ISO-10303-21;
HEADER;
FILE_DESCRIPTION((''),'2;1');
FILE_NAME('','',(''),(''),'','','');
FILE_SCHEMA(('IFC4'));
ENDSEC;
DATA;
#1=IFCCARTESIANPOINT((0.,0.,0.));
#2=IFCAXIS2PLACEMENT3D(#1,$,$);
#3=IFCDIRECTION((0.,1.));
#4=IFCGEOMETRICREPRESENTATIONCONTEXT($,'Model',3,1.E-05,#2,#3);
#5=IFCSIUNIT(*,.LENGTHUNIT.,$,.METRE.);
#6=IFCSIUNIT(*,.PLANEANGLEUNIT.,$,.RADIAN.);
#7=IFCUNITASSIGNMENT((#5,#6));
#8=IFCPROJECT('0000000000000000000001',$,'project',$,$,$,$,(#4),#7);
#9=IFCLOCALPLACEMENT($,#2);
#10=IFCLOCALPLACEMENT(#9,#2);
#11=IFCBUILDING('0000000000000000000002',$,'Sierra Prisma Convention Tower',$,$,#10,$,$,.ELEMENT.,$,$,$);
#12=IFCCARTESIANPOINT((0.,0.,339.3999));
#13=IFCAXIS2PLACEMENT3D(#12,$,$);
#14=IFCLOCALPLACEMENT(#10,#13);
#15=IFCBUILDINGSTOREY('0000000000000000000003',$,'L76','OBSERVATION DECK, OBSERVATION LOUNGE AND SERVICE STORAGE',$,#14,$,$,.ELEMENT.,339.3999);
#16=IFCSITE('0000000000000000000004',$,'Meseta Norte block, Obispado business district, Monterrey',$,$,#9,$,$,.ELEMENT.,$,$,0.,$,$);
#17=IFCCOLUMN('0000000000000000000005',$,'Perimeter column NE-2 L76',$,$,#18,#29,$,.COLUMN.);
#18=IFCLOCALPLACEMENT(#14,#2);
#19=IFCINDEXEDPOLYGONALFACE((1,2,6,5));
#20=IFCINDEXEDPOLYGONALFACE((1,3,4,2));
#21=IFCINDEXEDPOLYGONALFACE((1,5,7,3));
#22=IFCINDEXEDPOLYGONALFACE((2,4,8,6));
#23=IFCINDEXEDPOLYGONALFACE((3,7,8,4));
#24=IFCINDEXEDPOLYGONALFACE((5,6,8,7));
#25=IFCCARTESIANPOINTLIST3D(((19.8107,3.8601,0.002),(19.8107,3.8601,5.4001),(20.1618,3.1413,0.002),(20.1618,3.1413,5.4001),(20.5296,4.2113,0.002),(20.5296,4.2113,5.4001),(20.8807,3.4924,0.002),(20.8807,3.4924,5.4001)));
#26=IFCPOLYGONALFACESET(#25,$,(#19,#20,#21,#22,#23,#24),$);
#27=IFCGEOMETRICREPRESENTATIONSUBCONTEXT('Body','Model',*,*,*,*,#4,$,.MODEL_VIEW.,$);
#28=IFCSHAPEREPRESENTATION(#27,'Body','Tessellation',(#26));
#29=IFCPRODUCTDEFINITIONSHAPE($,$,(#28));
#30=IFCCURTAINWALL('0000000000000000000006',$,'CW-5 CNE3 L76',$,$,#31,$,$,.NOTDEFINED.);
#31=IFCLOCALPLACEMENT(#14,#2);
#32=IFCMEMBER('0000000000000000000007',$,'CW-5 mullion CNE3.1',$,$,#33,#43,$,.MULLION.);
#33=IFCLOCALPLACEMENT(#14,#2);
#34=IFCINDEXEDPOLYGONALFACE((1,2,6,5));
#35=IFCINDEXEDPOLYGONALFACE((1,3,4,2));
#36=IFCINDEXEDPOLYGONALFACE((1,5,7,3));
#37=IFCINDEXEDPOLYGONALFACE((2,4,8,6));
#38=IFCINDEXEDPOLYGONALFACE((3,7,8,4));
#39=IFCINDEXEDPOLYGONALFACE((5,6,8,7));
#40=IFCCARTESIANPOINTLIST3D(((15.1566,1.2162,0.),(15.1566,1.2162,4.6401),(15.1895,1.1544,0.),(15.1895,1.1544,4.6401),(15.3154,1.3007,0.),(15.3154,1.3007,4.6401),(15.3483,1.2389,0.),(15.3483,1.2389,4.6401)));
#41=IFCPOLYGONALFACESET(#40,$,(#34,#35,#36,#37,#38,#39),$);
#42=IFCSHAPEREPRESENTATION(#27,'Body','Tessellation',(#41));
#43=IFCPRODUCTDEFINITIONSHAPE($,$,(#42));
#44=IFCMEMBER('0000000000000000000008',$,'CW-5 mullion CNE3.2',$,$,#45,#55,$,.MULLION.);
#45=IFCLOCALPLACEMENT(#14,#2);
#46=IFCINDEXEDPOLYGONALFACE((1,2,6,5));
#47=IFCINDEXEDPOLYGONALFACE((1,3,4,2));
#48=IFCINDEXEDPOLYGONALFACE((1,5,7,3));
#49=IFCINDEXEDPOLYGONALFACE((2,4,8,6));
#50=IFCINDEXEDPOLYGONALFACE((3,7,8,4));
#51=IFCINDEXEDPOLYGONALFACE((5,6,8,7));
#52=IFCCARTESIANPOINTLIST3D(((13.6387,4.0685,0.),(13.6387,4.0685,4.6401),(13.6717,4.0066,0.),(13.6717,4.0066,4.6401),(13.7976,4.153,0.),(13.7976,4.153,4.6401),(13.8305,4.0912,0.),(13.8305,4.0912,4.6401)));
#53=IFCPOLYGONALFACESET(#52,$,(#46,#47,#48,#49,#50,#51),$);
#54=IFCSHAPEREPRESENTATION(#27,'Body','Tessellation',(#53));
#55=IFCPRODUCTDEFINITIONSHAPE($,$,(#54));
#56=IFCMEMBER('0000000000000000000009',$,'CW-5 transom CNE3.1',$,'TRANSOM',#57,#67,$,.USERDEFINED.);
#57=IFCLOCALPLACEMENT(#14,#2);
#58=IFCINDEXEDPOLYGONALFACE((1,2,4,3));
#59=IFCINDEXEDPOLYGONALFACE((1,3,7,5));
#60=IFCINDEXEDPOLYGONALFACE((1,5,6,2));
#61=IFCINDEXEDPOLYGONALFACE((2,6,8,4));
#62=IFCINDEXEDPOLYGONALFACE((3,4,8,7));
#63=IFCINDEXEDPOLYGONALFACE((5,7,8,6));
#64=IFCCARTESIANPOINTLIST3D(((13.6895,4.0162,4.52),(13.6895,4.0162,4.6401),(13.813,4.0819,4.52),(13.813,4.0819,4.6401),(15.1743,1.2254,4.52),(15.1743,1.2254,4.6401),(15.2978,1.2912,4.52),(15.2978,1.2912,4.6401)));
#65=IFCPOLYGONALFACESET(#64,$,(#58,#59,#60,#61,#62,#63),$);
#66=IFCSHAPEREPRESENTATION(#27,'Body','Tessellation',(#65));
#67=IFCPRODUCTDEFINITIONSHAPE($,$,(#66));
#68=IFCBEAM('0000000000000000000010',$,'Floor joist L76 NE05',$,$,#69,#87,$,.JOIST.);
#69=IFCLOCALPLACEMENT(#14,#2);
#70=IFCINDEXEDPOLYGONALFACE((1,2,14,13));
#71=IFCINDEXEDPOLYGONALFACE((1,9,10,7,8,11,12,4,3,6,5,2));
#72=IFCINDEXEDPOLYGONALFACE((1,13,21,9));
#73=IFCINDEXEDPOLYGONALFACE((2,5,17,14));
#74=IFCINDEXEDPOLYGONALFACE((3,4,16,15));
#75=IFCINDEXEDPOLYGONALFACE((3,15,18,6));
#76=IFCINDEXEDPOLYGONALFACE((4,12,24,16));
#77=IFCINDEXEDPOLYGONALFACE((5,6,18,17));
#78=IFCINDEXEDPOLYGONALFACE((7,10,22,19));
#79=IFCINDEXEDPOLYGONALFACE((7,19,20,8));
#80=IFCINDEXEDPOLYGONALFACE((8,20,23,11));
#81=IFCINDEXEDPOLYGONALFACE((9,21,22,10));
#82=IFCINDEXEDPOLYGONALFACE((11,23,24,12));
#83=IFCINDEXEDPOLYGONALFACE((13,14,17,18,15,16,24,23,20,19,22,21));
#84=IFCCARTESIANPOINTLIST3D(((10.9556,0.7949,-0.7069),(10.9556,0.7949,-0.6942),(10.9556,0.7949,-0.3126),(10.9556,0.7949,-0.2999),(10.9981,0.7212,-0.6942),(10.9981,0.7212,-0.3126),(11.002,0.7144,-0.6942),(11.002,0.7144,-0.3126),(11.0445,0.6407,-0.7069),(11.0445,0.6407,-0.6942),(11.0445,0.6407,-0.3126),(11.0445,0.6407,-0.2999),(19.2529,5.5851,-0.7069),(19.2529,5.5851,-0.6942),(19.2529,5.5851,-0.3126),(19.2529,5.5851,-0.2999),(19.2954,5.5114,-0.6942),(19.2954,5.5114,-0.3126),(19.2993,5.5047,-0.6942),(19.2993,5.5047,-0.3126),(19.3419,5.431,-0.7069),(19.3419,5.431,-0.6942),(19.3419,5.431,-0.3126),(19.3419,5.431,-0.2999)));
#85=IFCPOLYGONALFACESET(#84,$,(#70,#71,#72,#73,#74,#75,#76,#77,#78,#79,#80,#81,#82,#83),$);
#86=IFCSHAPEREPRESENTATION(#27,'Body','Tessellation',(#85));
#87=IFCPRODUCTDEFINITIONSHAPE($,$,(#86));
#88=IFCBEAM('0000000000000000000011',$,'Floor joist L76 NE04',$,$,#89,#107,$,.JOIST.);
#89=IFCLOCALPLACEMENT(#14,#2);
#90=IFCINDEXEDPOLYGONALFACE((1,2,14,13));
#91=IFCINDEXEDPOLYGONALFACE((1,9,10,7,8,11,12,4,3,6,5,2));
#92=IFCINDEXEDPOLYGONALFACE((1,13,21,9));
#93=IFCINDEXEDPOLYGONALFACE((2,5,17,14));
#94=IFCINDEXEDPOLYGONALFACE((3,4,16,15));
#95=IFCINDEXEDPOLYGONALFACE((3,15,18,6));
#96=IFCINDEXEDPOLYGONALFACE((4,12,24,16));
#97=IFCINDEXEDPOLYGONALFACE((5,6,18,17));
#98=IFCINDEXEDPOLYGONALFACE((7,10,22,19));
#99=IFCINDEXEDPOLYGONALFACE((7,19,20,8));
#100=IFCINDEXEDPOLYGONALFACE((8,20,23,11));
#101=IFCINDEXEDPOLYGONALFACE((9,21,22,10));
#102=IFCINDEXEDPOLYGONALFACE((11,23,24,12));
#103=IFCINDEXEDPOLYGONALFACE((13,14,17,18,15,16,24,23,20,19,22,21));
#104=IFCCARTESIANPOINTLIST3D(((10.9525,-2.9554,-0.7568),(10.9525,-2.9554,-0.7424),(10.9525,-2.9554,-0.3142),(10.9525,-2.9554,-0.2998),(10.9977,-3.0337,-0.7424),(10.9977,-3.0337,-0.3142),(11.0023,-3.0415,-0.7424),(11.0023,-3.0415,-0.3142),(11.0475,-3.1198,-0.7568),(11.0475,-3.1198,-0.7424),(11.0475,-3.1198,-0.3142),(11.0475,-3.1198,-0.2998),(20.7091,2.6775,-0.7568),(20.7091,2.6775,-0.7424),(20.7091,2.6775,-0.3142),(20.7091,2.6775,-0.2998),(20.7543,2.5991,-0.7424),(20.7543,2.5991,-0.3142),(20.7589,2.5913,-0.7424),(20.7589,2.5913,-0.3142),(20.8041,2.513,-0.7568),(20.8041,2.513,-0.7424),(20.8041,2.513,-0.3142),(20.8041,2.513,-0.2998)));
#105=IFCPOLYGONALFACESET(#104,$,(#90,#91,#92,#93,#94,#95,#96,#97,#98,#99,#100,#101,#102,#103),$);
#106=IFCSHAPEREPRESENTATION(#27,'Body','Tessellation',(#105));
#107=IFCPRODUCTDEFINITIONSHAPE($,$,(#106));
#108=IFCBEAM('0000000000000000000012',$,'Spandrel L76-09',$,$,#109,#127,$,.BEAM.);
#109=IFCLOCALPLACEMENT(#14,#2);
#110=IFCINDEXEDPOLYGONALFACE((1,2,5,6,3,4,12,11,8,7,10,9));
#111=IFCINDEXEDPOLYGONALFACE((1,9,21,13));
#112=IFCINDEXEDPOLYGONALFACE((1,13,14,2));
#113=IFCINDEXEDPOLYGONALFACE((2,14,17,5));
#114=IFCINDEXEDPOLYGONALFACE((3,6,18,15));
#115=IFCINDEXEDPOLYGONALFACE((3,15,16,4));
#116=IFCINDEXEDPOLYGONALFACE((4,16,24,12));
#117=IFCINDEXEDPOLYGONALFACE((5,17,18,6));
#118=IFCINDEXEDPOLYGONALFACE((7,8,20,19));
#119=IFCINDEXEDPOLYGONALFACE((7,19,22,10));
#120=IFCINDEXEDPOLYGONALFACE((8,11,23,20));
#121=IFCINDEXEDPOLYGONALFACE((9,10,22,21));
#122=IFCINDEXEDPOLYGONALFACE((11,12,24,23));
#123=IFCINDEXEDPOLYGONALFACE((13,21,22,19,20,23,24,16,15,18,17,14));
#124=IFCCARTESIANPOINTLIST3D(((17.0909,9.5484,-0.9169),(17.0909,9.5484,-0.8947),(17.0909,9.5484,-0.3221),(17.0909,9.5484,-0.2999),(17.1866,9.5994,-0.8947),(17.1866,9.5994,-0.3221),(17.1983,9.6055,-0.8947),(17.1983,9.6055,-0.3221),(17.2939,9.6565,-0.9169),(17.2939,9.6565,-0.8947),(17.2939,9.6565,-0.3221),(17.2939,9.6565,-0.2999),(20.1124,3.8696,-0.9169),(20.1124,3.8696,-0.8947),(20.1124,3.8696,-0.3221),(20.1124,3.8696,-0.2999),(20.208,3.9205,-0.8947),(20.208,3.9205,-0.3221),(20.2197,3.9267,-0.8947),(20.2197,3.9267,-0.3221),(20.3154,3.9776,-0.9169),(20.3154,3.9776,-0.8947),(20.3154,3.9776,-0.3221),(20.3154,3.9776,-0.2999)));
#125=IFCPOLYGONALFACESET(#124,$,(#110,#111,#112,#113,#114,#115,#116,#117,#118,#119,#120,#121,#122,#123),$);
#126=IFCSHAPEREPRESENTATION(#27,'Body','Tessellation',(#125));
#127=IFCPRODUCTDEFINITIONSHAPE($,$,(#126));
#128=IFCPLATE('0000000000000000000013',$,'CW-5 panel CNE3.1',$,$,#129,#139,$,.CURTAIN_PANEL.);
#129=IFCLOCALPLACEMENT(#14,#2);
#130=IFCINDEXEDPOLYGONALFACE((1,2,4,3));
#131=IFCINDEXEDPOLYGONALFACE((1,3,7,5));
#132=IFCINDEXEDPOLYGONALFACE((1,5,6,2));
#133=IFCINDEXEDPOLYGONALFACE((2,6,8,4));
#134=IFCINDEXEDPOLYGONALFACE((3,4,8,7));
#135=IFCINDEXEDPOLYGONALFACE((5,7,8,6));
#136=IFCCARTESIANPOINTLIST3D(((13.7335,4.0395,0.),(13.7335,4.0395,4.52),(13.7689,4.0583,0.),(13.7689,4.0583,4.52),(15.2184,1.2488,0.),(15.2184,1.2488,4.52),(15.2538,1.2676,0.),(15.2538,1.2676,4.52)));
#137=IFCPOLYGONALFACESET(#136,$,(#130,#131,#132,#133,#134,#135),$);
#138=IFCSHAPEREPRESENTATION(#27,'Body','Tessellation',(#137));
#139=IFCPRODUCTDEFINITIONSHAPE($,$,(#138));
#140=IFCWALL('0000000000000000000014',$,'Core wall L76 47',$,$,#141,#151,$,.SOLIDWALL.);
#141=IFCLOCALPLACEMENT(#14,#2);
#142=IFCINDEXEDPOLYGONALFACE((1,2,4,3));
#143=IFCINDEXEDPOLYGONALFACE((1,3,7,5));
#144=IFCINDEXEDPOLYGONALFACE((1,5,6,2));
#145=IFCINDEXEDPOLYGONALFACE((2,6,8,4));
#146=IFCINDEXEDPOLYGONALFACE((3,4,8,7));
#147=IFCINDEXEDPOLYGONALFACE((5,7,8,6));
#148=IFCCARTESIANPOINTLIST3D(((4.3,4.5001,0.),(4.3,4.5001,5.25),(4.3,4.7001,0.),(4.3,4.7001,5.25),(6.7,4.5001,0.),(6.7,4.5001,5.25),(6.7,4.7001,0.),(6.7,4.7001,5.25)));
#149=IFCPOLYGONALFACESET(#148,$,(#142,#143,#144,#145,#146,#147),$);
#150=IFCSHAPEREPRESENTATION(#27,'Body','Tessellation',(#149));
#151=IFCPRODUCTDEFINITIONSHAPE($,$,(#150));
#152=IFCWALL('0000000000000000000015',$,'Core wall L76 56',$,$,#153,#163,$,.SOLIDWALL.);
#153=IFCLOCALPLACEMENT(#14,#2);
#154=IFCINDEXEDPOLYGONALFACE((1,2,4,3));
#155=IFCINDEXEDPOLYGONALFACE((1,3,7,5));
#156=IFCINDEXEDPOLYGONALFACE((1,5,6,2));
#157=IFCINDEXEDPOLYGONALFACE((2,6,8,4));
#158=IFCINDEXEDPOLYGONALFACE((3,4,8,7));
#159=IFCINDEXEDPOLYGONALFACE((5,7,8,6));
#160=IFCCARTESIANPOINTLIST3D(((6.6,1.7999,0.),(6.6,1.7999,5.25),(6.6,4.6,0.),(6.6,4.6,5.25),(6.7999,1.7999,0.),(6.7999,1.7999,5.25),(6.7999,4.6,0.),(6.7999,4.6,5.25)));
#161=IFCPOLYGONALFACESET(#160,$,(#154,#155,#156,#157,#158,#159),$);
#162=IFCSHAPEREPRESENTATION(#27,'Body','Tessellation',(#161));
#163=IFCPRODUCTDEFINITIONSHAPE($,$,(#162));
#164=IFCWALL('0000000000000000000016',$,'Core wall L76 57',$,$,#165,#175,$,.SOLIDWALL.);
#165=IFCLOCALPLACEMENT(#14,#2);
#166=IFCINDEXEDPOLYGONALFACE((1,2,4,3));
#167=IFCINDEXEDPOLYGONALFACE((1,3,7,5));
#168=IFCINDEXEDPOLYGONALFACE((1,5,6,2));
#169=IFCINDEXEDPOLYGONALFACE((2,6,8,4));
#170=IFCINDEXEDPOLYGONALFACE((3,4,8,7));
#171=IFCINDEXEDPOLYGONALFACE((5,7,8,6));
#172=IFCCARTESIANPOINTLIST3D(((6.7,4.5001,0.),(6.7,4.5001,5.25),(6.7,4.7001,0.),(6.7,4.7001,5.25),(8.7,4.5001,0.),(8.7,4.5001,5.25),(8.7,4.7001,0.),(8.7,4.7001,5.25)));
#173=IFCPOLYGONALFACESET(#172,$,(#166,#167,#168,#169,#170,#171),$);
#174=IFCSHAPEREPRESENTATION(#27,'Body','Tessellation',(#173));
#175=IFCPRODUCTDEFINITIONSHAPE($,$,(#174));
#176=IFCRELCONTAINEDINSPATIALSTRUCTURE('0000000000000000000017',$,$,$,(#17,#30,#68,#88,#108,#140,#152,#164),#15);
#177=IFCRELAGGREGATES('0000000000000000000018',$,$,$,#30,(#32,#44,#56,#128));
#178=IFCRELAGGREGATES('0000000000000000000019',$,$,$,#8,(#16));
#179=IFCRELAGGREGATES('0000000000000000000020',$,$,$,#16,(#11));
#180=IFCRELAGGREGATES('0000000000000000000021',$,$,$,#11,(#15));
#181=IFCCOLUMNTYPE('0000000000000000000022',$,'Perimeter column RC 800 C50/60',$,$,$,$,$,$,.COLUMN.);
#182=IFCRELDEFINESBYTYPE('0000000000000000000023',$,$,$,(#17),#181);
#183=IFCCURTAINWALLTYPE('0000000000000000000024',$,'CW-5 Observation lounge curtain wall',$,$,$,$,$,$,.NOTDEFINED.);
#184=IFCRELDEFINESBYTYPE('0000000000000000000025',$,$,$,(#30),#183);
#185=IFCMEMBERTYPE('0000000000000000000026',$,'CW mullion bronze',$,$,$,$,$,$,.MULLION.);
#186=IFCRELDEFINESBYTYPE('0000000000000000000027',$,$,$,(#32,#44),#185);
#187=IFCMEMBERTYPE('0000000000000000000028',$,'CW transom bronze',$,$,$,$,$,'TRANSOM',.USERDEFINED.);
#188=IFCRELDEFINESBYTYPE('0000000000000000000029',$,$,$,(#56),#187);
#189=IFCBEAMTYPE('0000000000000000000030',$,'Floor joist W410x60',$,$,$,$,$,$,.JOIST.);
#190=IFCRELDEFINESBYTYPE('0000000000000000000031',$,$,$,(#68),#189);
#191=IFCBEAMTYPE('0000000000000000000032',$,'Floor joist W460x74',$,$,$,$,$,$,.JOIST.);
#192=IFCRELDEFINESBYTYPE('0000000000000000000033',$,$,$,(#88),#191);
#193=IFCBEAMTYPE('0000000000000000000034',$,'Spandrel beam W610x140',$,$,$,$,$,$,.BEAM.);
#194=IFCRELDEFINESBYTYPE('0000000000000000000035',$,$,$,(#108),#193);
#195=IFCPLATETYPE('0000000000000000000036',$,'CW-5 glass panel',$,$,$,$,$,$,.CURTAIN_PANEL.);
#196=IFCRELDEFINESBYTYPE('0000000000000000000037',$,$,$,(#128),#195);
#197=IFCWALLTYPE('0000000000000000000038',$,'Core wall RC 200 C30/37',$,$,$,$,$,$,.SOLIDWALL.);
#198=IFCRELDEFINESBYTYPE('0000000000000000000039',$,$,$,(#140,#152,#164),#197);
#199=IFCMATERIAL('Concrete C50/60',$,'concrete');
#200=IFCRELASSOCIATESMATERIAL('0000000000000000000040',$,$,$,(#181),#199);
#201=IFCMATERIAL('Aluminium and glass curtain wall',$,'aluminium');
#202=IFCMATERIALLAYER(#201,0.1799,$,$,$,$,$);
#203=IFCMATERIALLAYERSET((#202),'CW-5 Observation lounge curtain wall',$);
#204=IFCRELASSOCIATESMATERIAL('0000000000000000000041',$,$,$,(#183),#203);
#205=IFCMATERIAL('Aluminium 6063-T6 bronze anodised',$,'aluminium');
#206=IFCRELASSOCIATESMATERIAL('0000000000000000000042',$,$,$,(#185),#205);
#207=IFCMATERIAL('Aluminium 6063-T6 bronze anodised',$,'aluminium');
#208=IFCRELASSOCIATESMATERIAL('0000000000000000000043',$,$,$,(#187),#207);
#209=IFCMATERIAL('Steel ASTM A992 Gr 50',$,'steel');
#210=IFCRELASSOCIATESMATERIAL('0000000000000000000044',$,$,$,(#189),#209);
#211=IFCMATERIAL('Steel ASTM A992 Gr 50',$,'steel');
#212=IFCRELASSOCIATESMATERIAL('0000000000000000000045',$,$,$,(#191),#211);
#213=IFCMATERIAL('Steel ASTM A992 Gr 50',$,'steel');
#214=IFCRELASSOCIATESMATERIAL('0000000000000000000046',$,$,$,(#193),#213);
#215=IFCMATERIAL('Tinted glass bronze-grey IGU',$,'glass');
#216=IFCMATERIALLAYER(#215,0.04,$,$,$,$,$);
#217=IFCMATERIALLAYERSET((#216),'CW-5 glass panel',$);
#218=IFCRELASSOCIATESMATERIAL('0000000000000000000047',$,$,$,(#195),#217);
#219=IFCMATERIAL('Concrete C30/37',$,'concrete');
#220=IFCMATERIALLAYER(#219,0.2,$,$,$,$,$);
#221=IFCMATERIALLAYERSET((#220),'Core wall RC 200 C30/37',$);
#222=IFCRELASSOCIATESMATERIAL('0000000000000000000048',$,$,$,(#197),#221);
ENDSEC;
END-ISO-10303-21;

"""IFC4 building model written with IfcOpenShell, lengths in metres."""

from ifc_helpers import new_model, si_unit, direction, frame, frame_2d, origin, origin_2d, place, context, subcontext, project, spatial, rectangle, i_section, extrude, clip, halfspace, material, layer, layer_set, material_profile, profile_set, type_object, element, aggregate, save


model = new_model("IFC4")

# Units and contexts
model_context = context("Model", 3, precision=1e-05, world=origin(), true_north=direction((0.0, 1.0)))
body_context = subcontext(model_context, "Body", "Model", "MODEL_VIEW")
ifc_project = project(units=[si_unit("LENGTHUNIT", "METRE"), si_unit("PLANEANGLEUNIT", "RADIAN")], contexts=[model_context])

# Site, building, storey
site_placement = place(None, origin())
site = spatial("IfcSite", under=ifc_project, at=site_placement, Name="Meseta Norte block, Obispado business district, Monterrey", CompositionType="ELEMENT", RefElevation=0.0)
building_placement = place(site_placement, origin())
building = spatial("IfcBuilding", under=site, at=building_placement, Name="Sierra Prisma Convention Tower", CompositionType="ELEMENT")
storey_placement = place(building_placement, frame((0.0, 0.0, 339.3999)))
storey = spatial("IfcBuildingStorey", under=building, at=storey_placement, Name="L76", Description="OBSERVATION DECK, OBSERVATION LOUNGE AND SERVICE STORAGE", CompositionType="ELEMENT", Elevation=339.3999)

# Column
ifc_material_1 = material(Name="Concrete C50/60", Category="concrete")
ifc_material_profile_1 = material_profile(ifc_material_1, rectangle(XDim=0.8, YDim=0.8, at=origin_2d()), Name="Perimeter column RC 800 C50/60")
ifc_profile_set_1 = profile_set([ifc_material_profile_1], Name="Concrete C50/60")
column_type = type_object("IfcColumnType", Name="Perimeter column RC 800 C50/60", PredefinedType="COLUMN", material=ifc_profile_set_1)
column_placement = place(storey_placement, frame((20.3457, 3.6763, 0.0), z_axis=(0.0, 0.0, 1.0), x_axis=(-0.438895, 0.898538, 0.0)))
element("IfcColumn", 1, at=column_placement, inside=storey, type_object=column_type, Name="Perimeter column NE-2 L76", PredefinedType="COLUMN", context=body_context, shape_type="SweptSolid", body=[
    clip(extrude(rectangle(XDim=0.8, YDim=0.8, at=origin_2d()), origin(), (0.0, 0.0, 1.0), 5.4001), halfspace(frame((0.0, 0.0, 0.002)), True)),
])

# Curtain wall, members
ifc_material_2 = material(Name="Aluminium and glass curtain wall", Category="aluminium")
ifc_layer_1 = layer(ifc_material_2, 0.1799)
ifc_layer_set_1 = layer_set([ifc_layer_1], Name="CW-5 Observation lounge curtain wall")
curtain_wall_type = type_object("IfcCurtainWallType", Name="CW-5 Observation lounge curtain wall", PredefinedType="NOTDEFINED", material=ifc_layer_set_1)
curtain_wall_placement = place(storey_placement, origin())
curtain_wall = element("IfcCurtainWall", 2, at=curtain_wall_placement, inside=storey, type_object=curtain_wall_type, Name="CW-5 CNE3 L76", PredefinedType="NOTDEFINED")
ifc_material_3 = material(Name="Aluminium 6063-T6 bronze anodised", Category="aluminium")
ifc_material_profile_2 = material_profile(ifc_material_3, rectangle(XDim=0.1799, YDim=0.0701, at=origin_2d()), Name="ALU MULLION 70x180")
ifc_profile_set_2 = profile_set([ifc_material_profile_2], Name="Aluminium 6063-T6 bronze anodised")
member_type_1 = type_object("IfcMemberType", Name="CW mullion bronze", PredefinedType="MULLION", material=ifc_profile_set_2)
member_1_placement = place(storey_placement, frame((15.2524, 1.2275, 0.0), z_axis=(0.0, 0.0, 1.0), x_axis=(-0.882811, -0.469729, 0.0)))
member_1 = element("IfcMember", 3, at=member_1_placement, type_object=member_type_1, Name="CW-5 mullion CNE3.1", PredefinedType="MULLION", context=body_context, shape_type="SweptSolid", body=[
    extrude(rectangle(XDim=0.1799, YDim=0.0701, at=origin_2d()), origin(), (0.0, 0.0, 1.0), 4.6401),
])
member_2_placement = place(storey_placement, frame((13.7346, 4.0798, 0.0), z_axis=(0.0, 0.0, 1.0), x_axis=(-0.882811, -0.469729, 0.0)))
member_2 = element("IfcMember", 4, at=member_2_placement, type_object=member_type_1, Name="CW-5 mullion CNE3.2", PredefinedType="MULLION", context=body_context, shape_type="SweptSolid", body=[
    extrude(rectangle(XDim=0.1799, YDim=0.0701, at=origin_2d()), origin(), (0.0, 0.0, 1.0), 4.6401),
])
ifc_material_4 = material(Name="Aluminium 6063-T6 bronze anodised", Category="aluminium")
ifc_material_profile_3 = material_profile(ifc_material_4, rectangle(XDim=0.1399, YDim=0.1201, at=origin_2d()), Name="ALU TRANSOM 120x140")
ifc_profile_set_3 = profile_set([ifc_material_profile_3], Name="Aluminium 6063-T6 bronze anodised")
member_type_2 = type_object("IfcMemberType", Name="CW transom bronze", ElementType="TRANSOM", PredefinedType="USERDEFINED", material=ifc_profile_set_3)
member_3_placement = place(storey_placement, frame((15.2361, 1.2583, 4.5801), z_axis=(-0.469714, 0.882819, 0.0), x_axis=(-0.882819, -0.469714, 0.0)))
member_3 = element("IfcMember", 5, at=member_3_placement, type_object=member_type_2, Name="CW-5 transom CNE3.1", ObjectType="TRANSOM", PredefinedType="USERDEFINED", context=body_context, shape_type="SweptSolid", body=[
    extrude(rectangle(XDim=0.1399, YDim=0.1201, at=origin_2d()), origin(), (0.0, 0.0, 1.0), 3.1611),
])

# Beams
ifc_material_5 = material(Name="Steel ASTM A992 Gr 50", Category="steel")
ifc_material_profile_4 = material_profile(ifc_material_5, i_section(OverallWidth=0.178, OverallDepth=0.407, WebThickness=0.0078, FlangeThickness=0.0127, at=origin_2d()), Name="W410x60")
ifc_profile_set_4 = profile_set([ifc_material_profile_4], Name="Steel ASTM A992 Gr 50")
beam_type_1 = type_object("IfcBeamType", Name="Floor joist W410x60", PredefinedType="JOIST", material=ifc_profile_set_4)
beam_1_placement = place(storey_placement, frame((19.2974, 5.5081, -0.5034), z_axis=(-0.866035, -0.499984, 0.0), x_axis=(0.499984, -0.866035, 0.0)))
element("IfcBeam", 6, at=beam_1_placement, inside=storey, type_object=beam_type_1, Name="Floor joist L76 NE05", PredefinedType="JOIST", context=body_context, shape_type="SweptSolid", body=[
    extrude(i_section(OverallWidth=0.178, OverallDepth=0.407, WebThickness=0.0078, FlangeThickness=0.0127, at=origin_2d()), origin(), (0.0, 0.0, 1.0), 9.5808),
])
ifc_material_6 = material(Name="Steel ASTM A992 Gr 50", Category="steel")
ifc_material_profile_5 = material_profile(ifc_material_6, i_section(OverallWidth=0.1899, OverallDepth=0.457, WebThickness=0.009, FlangeThickness=0.0144, at=origin_2d()), Name="W460x74")
ifc_profile_set_5 = profile_set([ifc_material_profile_5], Name="Steel ASTM A992 Gr 50")
beam_type_2 = type_object("IfcBeamType", Name="Floor joist W460x74", PredefinedType="JOIST", material=ifc_profile_set_5)
beam_2_placement = place(storey_placement, frame((20.7566, 2.5952, -0.5283), z_axis=(-0.866031, -0.499989, 0.0), x_axis=(0.499989, -0.866031, 0.0)))
element("IfcBeam", 7, at=beam_2_placement, inside=storey, type_object=beam_type_2, Name="Floor joist L76 NE04", PredefinedType="JOIST", context=body_context, shape_type="SweptSolid", body=[
    extrude(i_section(OverallWidth=0.1899, OverallDepth=0.457, WebThickness=0.009, FlangeThickness=0.0144, at=origin_2d()), origin(), (0.0, 0.0, 1.0), 11.2659),
])
ifc_material_7 = material(Name="Steel ASTM A992 Gr 50", Category="steel")
ifc_material_profile_6 = material_profile(ifc_material_7, i_section(OverallWidth=0.23, OverallDepth=0.6169, WebThickness=0.0132, FlangeThickness=0.0222, at=origin_2d()), Name="W610x140")
ifc_profile_set_6 = profile_set([ifc_material_profile_6], Name="Steel ASTM A992 Gr 50")
beam_type_3 = type_object("IfcBeamType", Name="Spandrel beam W610x140", PredefinedType="BEAM", material=ifc_profile_set_6)
beam_3_placement = place(storey_placement, frame((20.2139, 3.9236, -0.6084), z_axis=(-0.469705, 0.882823, 0.0), x_axis=(-0.882823, -0.469705, 0.0)))
element("IfcBeam", 8, at=beam_3_placement, inside=storey, type_object=beam_type_3, Name="Spandrel L76-09", PredefinedType="BEAM", context=body_context, shape_type="SweptSolid", body=[
    extrude(i_section(OverallWidth=0.23, OverallDepth=0.6169, WebThickness=0.0132, FlangeThickness=0.0222, at=origin_2d()), origin(), (0.0, 0.0, 1.0), 6.4326),
])

# Plate
ifc_material_8 = material(Name="Tinted glass bronze-grey IGU", Category="glass")
ifc_layer_2 = layer(ifc_material_8, 0.04)
ifc_layer_set_2 = layer_set([ifc_layer_2], Name="CW-5 glass panel")
plate_type = type_object("IfcPlateType", Name="CW-5 glass panel", PredefinedType="CURTAIN_PANEL", material=ifc_layer_set_2)
plate_placement = place(storey_placement, frame((14.4937, 2.6536, 0.0), z_axis=(0.0, 0.0, 1.0), x_axis=(-0.469729, 0.882811, 0.0)))
plate = element("IfcPlate", 9, at=plate_placement, type_object=plate_type, Name="CW-5 panel CNE3.1", PredefinedType="CURTAIN_PANEL", context=body_context, shape_type="SweptSolid", body=[
    extrude(rectangle(XDim=3.1611, YDim=0.04, at=origin_2d()), origin(), (0.0, 0.0, 1.0), 4.52),
])
aggregate(curtain_wall, [member_1, member_2, member_3, plate])

# Wall
ifc_material_9 = material(Name="Concrete C30/37", Category="concrete")
ifc_layer_3 = layer(ifc_material_9, 0.2)
ifc_layer_set_3 = layer_set([ifc_layer_3], Name="Core wall RC 200 C30/37")
wall_type_1 = type_object("IfcWallType", Name="Core wall RC 200 C30/37", PredefinedType="SOLIDWALL", material=ifc_layer_set_3)
wall_1_placement = place(storey_placement, frame((6.7, 4.6001, 0.0), z_axis=(0.0, 0.0, 1.0), x_axis=(-1.0, 0.0, 0.0)))
element("IfcWall", 10, at=wall_1_placement, inside=storey, type_object=wall_type_1, Name="Core wall L76 47", PredefinedType="SOLIDWALL", context=body_context, shape_type="SweptSolid", body=[
    extrude(rectangle(XDim=2.3999, YDim=0.2, at=frame_2d((1.2, 0.0))), origin(), (0.0, 0.0, 1.0), 5.25),
])

# Walls
wall_2_placement = place(storey_placement, frame((6.7, 1.8, 0.0), z_axis=(0.0, 0.0, 1.0), x_axis=(0.0, 1.0, 0.0)))
element("IfcWall", 11, at=wall_2_placement, inside=storey, type_object=wall_type_1, Name="Core wall L76 56", PredefinedType="SOLIDWALL", context=body_context, shape_type="SweptSolid", body=[
    extrude(rectangle(XDim=2.8, YDim=0.2, at=frame_2d((1.3999, 0.0))), origin(), (0.0, 0.0, 1.0), 5.25),
])
wall_3_placement = place(storey_placement, frame((8.7, 4.6001, 0.0), z_axis=(0.0, 0.0, 1.0), x_axis=(-1.0, 0.0, 0.0)))
element("IfcWall", 12, at=wall_3_placement, inside=storey, type_object=wall_type_1, Name="Core wall L76 57", PredefinedType="SOLIDWALL", context=body_context, shape_type="SweptSolid", body=[
    extrude(rectangle(XDim=2.0, YDim=0.2, at=frame_2d((1.0, 0.0))), origin(), (0.0, 0.0, 1.0), 5.25),
])

save(model, "model.ifc")
